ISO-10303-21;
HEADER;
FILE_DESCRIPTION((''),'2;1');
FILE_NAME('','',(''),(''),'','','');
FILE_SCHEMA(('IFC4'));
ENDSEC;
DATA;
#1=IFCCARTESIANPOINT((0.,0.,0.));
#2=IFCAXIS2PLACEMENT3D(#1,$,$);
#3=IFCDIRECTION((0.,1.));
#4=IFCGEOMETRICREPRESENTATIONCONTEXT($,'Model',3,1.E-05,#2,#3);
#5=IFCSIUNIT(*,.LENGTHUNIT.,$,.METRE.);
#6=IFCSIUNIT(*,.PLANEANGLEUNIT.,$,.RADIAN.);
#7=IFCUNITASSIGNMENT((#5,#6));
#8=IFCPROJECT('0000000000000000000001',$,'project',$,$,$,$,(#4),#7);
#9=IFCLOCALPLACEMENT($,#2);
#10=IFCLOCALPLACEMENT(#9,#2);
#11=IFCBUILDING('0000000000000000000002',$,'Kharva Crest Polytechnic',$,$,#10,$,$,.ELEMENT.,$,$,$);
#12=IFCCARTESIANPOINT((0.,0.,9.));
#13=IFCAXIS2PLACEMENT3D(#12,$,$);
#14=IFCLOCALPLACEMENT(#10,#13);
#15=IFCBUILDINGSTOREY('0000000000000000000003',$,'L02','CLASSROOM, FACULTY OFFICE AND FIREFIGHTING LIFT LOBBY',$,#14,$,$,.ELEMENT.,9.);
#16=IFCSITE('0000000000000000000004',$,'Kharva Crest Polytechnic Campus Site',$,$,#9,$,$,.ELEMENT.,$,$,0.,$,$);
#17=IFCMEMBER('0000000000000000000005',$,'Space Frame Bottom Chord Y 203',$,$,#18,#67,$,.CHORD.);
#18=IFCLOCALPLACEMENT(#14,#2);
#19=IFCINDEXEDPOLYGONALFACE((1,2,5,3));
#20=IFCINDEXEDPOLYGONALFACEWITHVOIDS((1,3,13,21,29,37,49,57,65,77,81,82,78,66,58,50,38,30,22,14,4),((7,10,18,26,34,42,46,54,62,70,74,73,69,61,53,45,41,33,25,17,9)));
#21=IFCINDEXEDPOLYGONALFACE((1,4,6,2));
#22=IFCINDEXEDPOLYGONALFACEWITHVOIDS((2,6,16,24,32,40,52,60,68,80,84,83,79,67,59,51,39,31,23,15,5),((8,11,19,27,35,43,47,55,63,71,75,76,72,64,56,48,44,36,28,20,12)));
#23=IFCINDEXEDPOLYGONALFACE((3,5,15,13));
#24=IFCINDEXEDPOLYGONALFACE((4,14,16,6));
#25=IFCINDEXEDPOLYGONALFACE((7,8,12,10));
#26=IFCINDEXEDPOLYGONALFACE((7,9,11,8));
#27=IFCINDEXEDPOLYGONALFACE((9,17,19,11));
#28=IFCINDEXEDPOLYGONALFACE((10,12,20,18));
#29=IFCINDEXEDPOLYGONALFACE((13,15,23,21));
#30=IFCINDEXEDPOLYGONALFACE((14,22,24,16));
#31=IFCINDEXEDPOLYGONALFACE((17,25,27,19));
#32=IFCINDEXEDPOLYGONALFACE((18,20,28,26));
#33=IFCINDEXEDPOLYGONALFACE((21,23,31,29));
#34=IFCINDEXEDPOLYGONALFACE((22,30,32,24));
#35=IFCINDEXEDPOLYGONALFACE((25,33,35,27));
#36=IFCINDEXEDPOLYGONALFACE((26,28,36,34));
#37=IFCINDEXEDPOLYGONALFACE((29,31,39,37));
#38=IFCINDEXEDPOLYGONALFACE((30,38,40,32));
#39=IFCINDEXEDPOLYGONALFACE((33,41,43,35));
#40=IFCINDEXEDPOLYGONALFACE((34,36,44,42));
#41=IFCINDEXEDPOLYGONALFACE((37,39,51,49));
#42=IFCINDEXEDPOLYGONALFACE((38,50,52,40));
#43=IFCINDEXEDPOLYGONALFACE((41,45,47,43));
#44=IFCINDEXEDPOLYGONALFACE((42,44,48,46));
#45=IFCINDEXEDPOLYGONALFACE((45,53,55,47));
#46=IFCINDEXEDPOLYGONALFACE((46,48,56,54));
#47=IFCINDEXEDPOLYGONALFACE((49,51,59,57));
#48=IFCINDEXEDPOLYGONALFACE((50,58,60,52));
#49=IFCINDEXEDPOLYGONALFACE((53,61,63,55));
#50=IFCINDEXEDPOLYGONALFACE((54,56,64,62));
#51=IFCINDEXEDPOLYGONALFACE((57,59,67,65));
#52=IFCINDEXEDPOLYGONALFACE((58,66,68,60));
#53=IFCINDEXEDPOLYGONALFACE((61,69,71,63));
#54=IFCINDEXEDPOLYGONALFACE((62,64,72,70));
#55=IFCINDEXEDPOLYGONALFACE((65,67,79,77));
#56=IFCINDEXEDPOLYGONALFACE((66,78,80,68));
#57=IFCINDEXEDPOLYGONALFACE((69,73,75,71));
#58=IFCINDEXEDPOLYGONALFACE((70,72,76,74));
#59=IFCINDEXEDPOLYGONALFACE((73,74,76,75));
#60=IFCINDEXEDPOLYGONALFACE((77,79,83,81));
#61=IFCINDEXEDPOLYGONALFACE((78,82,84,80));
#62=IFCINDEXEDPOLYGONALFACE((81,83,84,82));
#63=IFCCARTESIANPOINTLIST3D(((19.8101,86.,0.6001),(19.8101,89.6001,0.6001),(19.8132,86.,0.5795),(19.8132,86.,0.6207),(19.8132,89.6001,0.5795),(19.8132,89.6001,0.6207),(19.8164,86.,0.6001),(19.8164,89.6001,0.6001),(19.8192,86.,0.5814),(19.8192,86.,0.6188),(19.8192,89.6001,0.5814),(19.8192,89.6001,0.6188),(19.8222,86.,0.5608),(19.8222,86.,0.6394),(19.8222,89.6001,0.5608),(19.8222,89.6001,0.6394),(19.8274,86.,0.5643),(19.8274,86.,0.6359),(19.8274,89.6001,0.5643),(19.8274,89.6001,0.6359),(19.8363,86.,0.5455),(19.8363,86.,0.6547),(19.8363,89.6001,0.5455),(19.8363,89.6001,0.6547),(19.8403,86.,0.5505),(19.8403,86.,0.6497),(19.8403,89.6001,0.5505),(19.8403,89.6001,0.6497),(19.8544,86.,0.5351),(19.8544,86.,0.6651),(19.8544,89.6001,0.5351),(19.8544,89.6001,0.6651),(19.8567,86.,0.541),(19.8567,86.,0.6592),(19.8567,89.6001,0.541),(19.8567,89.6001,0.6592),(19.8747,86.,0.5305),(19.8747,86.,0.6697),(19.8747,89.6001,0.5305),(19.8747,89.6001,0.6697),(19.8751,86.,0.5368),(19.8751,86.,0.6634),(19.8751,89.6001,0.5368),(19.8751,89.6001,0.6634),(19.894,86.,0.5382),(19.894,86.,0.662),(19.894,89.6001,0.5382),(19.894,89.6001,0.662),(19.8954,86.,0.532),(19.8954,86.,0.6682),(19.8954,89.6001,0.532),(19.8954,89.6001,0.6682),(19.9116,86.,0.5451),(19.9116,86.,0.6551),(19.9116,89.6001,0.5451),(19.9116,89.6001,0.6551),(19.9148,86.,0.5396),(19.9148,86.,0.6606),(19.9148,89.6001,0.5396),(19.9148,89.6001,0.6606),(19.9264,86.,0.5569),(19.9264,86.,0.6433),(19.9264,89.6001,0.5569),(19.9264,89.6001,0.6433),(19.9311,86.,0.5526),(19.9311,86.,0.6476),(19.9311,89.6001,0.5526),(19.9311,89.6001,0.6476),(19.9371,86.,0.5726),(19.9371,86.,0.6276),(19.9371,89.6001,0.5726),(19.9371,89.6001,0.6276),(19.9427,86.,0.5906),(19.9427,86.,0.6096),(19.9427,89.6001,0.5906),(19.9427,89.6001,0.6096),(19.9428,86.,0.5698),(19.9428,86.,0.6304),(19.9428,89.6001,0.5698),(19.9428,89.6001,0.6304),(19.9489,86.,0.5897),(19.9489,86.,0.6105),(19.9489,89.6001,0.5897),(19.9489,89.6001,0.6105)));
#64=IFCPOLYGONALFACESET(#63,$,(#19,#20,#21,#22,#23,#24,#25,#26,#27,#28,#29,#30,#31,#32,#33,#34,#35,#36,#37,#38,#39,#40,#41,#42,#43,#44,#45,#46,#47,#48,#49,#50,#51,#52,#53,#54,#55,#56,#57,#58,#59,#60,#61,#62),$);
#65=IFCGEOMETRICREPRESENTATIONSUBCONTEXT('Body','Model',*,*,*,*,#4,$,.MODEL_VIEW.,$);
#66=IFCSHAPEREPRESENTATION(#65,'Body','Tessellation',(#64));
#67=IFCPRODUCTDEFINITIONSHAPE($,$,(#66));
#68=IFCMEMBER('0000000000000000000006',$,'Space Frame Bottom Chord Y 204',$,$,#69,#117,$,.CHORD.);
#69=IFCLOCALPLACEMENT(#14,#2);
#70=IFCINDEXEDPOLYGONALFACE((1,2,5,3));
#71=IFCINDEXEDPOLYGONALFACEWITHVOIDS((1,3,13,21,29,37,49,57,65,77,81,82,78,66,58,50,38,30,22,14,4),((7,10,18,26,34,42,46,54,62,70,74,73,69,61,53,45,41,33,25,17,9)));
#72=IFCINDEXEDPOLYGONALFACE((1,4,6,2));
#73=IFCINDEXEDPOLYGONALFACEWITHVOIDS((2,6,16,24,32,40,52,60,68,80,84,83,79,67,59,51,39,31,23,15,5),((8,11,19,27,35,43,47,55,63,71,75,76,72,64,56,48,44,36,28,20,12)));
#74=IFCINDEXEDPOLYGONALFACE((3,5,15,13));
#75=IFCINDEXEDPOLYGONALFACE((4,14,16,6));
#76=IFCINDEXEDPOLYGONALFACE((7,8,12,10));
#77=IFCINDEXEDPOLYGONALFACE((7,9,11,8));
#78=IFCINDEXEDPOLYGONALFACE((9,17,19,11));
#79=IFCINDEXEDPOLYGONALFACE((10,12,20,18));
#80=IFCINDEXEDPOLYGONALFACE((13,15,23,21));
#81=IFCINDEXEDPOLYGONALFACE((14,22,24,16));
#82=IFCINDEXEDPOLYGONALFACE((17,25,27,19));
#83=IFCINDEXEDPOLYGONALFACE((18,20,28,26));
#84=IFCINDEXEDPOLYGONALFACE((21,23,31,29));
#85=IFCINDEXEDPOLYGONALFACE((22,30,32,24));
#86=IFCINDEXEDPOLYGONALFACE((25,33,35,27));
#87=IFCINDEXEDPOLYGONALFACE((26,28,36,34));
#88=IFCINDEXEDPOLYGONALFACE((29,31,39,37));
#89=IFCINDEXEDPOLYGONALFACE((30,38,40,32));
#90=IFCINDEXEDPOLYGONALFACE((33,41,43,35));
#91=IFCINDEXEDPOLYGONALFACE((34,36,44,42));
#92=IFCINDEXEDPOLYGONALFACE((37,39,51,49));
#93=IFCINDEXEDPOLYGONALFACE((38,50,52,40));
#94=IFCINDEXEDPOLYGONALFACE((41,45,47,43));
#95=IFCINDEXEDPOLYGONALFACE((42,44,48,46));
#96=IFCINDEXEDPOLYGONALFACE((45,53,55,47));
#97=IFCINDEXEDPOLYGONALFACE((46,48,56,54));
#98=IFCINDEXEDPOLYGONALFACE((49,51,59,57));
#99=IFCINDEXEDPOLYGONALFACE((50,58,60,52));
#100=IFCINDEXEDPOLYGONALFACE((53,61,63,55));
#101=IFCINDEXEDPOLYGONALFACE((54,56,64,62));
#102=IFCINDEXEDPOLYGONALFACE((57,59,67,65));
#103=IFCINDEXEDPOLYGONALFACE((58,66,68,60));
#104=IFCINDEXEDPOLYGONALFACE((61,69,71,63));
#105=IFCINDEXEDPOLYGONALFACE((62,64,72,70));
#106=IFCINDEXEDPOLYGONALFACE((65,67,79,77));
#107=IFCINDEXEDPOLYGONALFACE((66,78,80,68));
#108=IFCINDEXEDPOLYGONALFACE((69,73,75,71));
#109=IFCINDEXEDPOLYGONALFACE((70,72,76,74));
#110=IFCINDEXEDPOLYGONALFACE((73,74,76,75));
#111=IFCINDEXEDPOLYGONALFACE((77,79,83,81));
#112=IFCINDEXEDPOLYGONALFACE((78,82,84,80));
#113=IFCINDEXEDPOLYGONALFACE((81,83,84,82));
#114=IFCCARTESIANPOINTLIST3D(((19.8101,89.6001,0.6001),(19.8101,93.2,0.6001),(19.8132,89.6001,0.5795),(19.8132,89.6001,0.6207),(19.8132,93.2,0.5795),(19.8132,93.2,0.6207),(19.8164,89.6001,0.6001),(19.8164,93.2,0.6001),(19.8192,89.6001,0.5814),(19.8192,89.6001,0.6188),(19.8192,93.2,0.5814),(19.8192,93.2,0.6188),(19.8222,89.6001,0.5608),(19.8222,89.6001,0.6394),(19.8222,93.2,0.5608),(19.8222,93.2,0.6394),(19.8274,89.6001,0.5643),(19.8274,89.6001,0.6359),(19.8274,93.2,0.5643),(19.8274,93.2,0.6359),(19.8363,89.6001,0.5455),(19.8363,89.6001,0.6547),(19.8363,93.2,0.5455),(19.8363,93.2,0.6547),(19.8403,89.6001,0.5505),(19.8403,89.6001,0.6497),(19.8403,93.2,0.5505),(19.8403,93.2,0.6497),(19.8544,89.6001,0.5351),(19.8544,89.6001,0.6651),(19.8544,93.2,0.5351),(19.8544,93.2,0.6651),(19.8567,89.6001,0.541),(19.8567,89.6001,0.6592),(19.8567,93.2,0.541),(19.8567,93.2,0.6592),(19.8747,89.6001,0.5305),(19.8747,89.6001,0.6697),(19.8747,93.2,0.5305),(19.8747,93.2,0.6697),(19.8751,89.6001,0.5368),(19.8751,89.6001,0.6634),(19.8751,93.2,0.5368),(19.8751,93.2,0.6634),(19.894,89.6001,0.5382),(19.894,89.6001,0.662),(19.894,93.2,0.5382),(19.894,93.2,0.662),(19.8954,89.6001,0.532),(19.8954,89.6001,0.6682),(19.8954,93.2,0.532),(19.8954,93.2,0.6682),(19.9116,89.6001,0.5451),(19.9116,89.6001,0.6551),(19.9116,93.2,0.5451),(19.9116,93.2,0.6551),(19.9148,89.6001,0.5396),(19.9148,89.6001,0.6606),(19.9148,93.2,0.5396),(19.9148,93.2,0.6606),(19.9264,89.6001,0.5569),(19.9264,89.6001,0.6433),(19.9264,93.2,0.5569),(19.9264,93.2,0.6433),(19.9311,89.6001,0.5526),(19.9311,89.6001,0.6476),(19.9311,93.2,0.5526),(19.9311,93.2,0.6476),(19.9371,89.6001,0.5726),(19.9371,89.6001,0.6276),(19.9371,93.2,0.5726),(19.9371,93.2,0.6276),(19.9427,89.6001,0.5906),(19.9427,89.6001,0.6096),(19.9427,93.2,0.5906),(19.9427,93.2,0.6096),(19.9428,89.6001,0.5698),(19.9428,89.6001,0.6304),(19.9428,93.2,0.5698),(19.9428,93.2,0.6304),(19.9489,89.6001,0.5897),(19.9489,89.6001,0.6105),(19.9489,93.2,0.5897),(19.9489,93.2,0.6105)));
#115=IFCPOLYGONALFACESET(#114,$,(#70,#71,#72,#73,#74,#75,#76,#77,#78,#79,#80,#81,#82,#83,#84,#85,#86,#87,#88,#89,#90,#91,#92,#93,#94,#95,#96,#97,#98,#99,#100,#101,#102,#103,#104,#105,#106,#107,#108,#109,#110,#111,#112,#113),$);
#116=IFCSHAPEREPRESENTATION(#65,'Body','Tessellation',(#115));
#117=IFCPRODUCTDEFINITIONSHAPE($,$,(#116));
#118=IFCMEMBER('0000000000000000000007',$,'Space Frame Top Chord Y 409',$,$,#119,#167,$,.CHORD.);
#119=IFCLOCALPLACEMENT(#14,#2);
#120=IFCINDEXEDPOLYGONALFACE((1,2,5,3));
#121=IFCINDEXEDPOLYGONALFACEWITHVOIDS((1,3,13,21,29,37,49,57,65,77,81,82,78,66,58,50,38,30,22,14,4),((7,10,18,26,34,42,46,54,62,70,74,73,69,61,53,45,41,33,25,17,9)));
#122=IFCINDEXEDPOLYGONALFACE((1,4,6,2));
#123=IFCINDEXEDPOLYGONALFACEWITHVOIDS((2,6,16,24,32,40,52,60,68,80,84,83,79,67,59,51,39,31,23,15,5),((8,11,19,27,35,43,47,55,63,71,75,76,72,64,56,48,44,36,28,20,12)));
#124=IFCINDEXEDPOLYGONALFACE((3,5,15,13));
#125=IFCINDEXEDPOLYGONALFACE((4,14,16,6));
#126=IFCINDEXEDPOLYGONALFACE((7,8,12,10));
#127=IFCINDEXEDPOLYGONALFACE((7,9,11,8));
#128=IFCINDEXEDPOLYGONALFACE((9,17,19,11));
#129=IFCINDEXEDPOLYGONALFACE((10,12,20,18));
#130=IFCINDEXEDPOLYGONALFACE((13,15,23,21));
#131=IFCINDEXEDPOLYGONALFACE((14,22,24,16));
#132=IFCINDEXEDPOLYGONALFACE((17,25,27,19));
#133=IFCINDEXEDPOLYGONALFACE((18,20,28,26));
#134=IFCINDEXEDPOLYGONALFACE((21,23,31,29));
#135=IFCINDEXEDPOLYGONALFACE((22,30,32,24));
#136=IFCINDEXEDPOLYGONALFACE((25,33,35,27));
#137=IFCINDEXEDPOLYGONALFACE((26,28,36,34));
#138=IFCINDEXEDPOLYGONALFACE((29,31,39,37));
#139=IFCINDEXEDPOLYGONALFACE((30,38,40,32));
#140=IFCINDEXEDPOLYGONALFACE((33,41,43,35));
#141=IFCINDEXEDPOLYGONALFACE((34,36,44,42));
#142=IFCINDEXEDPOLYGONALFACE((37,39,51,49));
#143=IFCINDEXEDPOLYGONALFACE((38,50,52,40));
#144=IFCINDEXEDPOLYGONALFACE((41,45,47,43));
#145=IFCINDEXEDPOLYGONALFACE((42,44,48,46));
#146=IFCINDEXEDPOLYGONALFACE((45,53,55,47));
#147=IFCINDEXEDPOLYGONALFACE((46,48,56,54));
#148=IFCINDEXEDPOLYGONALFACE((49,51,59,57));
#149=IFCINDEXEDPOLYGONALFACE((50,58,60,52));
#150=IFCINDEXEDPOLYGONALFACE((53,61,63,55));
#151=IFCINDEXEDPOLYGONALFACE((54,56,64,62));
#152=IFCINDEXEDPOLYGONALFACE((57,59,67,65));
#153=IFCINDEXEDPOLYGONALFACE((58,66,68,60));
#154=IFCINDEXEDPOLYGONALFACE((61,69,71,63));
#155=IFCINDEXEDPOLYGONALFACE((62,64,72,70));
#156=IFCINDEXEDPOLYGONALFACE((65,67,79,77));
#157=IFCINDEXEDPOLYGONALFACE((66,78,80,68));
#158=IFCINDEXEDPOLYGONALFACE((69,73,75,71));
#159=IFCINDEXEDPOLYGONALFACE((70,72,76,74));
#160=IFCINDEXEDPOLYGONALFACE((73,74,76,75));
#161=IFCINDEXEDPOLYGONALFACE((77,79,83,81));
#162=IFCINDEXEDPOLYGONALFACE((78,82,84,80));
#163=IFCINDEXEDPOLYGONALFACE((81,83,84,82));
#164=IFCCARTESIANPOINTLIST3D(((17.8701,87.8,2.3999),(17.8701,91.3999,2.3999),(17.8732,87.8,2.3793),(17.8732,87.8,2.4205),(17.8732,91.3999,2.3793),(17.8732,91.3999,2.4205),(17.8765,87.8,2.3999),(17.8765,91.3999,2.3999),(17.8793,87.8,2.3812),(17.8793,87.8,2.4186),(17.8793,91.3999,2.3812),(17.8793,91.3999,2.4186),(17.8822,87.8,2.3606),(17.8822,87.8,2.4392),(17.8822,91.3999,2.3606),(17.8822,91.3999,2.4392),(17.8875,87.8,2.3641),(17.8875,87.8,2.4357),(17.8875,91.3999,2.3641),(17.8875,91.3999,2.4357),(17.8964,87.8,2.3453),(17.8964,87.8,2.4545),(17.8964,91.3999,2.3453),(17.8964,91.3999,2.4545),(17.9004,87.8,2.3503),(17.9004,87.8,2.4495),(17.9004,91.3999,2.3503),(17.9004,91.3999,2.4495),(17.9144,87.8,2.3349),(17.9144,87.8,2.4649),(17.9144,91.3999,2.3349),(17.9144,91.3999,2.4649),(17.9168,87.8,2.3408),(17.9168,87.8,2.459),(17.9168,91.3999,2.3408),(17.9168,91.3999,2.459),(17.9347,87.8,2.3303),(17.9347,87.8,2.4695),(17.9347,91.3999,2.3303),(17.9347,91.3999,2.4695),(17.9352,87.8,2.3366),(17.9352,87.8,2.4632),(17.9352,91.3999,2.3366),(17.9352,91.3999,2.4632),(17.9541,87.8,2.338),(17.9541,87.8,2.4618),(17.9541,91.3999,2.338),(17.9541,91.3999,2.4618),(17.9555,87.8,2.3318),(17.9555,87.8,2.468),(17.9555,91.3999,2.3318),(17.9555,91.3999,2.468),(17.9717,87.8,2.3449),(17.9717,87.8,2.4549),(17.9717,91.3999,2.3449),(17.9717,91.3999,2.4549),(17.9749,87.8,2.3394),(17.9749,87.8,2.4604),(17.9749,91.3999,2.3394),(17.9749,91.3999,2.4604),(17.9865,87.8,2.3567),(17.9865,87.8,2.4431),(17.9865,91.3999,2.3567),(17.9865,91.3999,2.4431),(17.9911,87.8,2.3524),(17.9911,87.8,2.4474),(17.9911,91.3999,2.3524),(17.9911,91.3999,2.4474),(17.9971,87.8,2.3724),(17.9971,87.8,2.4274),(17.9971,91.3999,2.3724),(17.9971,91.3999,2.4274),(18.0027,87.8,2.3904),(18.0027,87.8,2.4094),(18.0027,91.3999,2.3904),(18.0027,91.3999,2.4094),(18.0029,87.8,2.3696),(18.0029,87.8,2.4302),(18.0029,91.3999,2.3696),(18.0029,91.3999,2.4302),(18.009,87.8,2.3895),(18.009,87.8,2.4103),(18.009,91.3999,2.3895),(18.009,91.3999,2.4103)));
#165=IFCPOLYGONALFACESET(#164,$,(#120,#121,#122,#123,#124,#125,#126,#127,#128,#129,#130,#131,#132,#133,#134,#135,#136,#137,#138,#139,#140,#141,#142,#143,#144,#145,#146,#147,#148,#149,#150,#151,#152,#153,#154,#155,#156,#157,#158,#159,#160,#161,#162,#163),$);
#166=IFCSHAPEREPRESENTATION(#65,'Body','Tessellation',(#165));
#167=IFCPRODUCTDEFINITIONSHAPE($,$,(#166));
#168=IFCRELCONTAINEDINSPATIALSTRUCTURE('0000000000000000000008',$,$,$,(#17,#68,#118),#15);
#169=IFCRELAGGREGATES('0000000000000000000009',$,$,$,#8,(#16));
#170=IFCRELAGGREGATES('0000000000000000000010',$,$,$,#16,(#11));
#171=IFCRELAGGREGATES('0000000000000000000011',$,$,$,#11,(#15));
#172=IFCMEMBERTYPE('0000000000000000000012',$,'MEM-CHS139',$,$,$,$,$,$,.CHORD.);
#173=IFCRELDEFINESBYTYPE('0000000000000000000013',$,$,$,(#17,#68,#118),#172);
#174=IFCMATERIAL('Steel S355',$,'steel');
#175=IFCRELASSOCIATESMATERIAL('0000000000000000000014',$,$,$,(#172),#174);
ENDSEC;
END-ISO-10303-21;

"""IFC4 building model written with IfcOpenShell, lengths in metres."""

from ifc_helpers import new_model, si_unit, direction, frame, origin, origin_2d, place, context, subcontext, project, spatial, hollow_circle, extrude, material, material_profile, profile_set, type_object, element, save


model = new_model("IFC4")

# Units and contexts
model_context = context("Model", 3, precision=1e-05, world=origin(), true_north=direction((0.0, 1.0)))
body_context = subcontext(model_context, "Body", "Model", "MODEL_VIEW")
ifc_project = project(units=[si_unit("LENGTHUNIT", "METRE"), si_unit("PLANEANGLEUNIT", "RADIAN")], contexts=[model_context])

# Site, building, storey
site_placement = place(None, origin())
site = spatial("IfcSite", under=ifc_project, at=site_placement, Name="Kharva Crest Polytechnic Campus Site", CompositionType="ELEMENT", RefElevation=0.0)
building_placement = place(site_placement, origin())
building = spatial("IfcBuilding", under=site, at=building_placement, Name="Kharva Crest Polytechnic", CompositionType="ELEMENT")
storey_placement = place(building_placement, frame((0.0, 0.0, 9.0)))
storey = spatial("IfcBuildingStorey", under=building, at=storey_placement, Name="L02", Description="CLASSROOM, FACULTY OFFICE AND FIREFIGHTING LIFT LOBBY", CompositionType="ELEMENT", Elevation=9.0)

# Shared definitions
ifc_material_1 = material(Name="Steel S355", Category="steel")

# Members
ifc_material_profile_1 = material_profile(ifc_material_1, hollow_circle(Radius=0.0698, WallThickness=0.0063, at=origin_2d()), Name="CHS 139.7X6.3")
ifc_profile_set_1 = profile_set([ifc_material_profile_1], Name="Steel S355")
member_type_1 = type_object("IfcMemberType", Name="MEM-CHS139", PredefinedType="CHORD", material=ifc_profile_set_1)
member_1_placement = place(storey_placement, frame((19.8799, 86.0, 0.6001), z_axis=(0.0, 1.0, 0.0), x_axis=(-1.0, 0.0, 0.0)))
element("IfcMember", 1, at=member_1_placement, inside=storey, type_object=member_type_1, Name="Space Frame Bottom Chord Y 203", PredefinedType="CHORD", context=body_context, shape_type="SweptSolid", body=[
    extrude(hollow_circle(Radius=0.0698, WallThickness=0.0063, at=origin_2d()), origin(), (0.0, 0.0, 1.0), 3.6001),
])
for number, where, z_axis, x_axis, name in (
    (2, (19.8799, 89.6001, 0.6001), (0.0, 1.0, 0.0), (-1.0, 0.0, 0.0), "Space Frame Bottom Chord Y 204"),
    (3, (17.9399, 87.8, 2.3999), (0.0, 1.0, 0.0), (-1.0, 0.0, 0.0), "Space Frame Top Chord Y 409"),
):
    element("IfcMember", number, at=place(storey_placement, frame(where, z_axis=z_axis, x_axis=x_axis)), inside=storey, type_object=member_type_1, Name=name, PredefinedType="CHORD", context=body_context, shape_type="SweptSolid", body=[
        extrude(hollow_circle(Radius=0.0698, WallThickness=0.0063, at=origin_2d()), origin(), (0.0, 0.0, 1.0), 3.5999),
    ])

save(model, "model.ifc")
